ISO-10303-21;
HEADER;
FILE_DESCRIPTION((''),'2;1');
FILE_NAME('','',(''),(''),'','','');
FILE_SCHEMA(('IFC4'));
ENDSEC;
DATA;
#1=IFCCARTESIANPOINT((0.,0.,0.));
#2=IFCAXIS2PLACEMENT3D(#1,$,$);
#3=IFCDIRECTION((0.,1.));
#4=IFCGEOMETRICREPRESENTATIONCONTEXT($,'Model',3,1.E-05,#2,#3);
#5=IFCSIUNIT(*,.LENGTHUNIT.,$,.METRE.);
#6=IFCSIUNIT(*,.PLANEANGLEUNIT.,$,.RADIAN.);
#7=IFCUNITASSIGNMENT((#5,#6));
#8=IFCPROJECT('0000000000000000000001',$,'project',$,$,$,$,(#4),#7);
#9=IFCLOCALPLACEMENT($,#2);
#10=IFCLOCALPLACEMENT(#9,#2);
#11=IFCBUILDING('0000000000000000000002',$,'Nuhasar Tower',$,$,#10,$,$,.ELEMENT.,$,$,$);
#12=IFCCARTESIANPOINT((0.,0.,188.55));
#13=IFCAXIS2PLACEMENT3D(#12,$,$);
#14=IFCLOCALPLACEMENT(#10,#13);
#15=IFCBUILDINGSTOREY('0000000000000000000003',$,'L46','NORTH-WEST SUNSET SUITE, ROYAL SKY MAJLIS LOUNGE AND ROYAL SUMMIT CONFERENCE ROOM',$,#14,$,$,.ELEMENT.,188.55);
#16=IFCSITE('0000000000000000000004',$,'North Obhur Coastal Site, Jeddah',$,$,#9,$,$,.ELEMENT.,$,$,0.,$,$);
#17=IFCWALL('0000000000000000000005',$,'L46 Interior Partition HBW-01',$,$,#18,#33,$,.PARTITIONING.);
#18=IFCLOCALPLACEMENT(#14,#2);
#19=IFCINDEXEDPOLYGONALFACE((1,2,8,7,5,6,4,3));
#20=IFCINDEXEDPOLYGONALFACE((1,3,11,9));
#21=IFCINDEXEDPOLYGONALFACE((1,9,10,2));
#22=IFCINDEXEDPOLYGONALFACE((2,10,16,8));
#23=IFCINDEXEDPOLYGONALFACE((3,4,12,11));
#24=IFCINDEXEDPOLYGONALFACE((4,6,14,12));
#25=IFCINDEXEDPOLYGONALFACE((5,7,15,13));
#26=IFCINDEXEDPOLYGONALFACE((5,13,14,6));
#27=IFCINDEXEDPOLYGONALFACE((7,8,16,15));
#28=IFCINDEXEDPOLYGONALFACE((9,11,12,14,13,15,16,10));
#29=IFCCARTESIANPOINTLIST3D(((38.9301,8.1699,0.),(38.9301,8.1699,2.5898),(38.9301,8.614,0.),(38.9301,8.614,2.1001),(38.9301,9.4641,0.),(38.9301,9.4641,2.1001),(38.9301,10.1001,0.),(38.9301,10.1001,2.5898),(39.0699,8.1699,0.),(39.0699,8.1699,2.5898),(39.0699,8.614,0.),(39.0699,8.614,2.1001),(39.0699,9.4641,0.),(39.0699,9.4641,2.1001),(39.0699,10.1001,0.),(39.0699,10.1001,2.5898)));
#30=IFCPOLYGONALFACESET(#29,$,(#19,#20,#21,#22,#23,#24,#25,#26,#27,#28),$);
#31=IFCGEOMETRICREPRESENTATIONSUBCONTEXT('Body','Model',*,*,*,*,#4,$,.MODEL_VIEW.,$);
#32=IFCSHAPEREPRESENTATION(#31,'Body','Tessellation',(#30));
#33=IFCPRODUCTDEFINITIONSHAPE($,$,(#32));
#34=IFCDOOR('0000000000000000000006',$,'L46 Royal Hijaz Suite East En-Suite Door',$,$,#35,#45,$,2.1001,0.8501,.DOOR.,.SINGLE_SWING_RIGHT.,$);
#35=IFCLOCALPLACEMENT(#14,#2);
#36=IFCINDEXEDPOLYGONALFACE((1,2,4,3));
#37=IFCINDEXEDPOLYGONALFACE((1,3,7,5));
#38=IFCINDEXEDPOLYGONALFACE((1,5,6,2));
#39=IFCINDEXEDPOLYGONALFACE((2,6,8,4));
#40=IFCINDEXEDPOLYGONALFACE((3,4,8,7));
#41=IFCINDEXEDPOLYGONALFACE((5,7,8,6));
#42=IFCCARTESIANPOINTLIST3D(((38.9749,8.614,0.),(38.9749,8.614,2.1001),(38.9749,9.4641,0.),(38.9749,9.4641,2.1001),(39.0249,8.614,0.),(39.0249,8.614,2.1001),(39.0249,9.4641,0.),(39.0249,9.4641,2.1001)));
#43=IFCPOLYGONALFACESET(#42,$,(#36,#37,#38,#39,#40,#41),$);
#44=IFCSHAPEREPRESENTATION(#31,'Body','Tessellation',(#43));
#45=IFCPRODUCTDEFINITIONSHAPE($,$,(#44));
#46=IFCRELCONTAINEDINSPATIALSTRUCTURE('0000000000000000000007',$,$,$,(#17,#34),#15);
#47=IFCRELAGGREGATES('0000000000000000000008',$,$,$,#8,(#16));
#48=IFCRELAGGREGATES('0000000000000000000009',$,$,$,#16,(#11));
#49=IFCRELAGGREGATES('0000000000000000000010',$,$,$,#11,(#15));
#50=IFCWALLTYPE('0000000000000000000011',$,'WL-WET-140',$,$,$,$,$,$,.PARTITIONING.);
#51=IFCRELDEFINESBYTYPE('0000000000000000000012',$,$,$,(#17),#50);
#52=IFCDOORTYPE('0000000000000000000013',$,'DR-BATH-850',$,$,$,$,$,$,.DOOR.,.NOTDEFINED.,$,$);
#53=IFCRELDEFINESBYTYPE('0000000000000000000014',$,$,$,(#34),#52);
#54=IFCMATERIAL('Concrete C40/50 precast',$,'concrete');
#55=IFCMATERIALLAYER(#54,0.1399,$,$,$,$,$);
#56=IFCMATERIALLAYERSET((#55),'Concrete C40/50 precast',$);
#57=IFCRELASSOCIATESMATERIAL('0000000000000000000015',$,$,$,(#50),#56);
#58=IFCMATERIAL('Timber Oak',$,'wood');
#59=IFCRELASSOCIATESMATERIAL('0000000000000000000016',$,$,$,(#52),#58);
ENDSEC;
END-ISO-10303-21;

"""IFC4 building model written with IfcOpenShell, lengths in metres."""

from ifc_helpers import new_model, si_unit, direction, frame, frame_2d, origin, place, context, subcontext, project, spatial, rectangle, extrude, material, layer, layer_set, type_object, element, fill, save


model = new_model("IFC4")

# Units and contexts
model_context = context("Model", 3, precision=1e-05, world=origin(), true_north=direction((0.0, 1.0)))
body_context = subcontext(model_context, "Body", "Model", "MODEL_VIEW")
ifc_project = project(units=[si_unit("LENGTHUNIT", "METRE"), si_unit("PLANEANGLEUNIT", "RADIAN")], contexts=[model_context])

# Site, building, storey
site_placement = place(None, origin())
site = spatial("IfcSite", under=ifc_project, at=site_placement, Name="North Obhur Coastal Site, Jeddah", CompositionType="ELEMENT", RefElevation=0.0)
building_placement = place(site_placement, origin())
building = spatial("IfcBuilding", under=site, at=building_placement, Name="Nuhasar Tower", CompositionType="ELEMENT")
storey_placement = place(building_placement, frame((0.0, 0.0, 188.55)))
storey = spatial("IfcBuildingStorey", under=building, at=storey_placement, Name="L46", Description="NORTH-WEST SUNSET SUITE, ROYAL SKY MAJLIS LOUNGE AND ROYAL SUMMIT CONFERENCE ROOM", CompositionType="ELEMENT", Elevation=188.55)

# Shared definitions
ifc_material_1 = material(Name="Timber Oak", Category="wood")

# Wall, opening, door
ifc_material_2 = material(Name="Concrete C40/50 precast", Category="concrete")
ifc_layer_1 = layer(ifc_material_2, 0.1399)
ifc_layer_set_1 = layer_set([ifc_layer_1], Name="Concrete C40/50 precast")
wall_type_1 = type_object("IfcWallType", Name="WL-WET-140", PredefinedType="PARTITIONING", material=ifc_layer_set_1)
wall_1_placement = place(storey_placement, frame((39.0, 10.1001, 0.0), z_axis=(0.0, 0.0, 1.0), x_axis=(0.0, -1.0, 0.0)))
wall_1 = element("IfcWall", 1, at=wall_1_placement, inside=storey, type_object=wall_type_1, Name="L46 Interior Partition HBW-01", PredefinedType="PARTITIONING", context=body_context, shape_type="SweptSolid", body=[
    extrude(rectangle(XDim=1.9302, YDim=0.1399, at=frame_2d((0.9651, 0.0))), origin(), (0.0, 0.0, 1.0), 2.5898),
])
opening_1_placement = place(wall_1_placement, frame((0.636, 0.0, 0.0)))
opening_1 = element("IfcOpeningElement", 2, at=opening_1_placement, cuts=wall_1, PredefinedType="OPENING", context=body_context, shape_type="SweptSolid", body=[
    extrude(rectangle(XDim=0.8501, YDim=2.1001, at=frame_2d((0.425, 1.05))), frame((0.0, 0.0801, 0.0), z_axis=(0.0, -1.0, 0.0), x_axis=(1.0, 0.0, 0.0)), (0.0, 0.0, 1.0), 0.1599),
])
door_type_1 = type_object("IfcDoorType", Name="DR-BATH-850", OperationType="NOTDEFINED", PredefinedType="DOOR", material=ifc_material_1)
door_1_placement = place(opening_1_placement, origin())
door_1 = element("IfcDoor", 3, at=door_1_placement, inside=storey, type_object=door_type_1, Name="L46 Royal Hijaz Suite East En-Suite Door", OperationType="SINGLE_SWING_RIGHT", OverallHeight=2.1001, OverallWidth=0.8501, PredefinedType="DOOR", context=body_context, shape_type="SweptSolid", body=[
    extrude(rectangle(XDim=0.8501, YDim=2.1001, at=frame_2d((0.425, 1.05))), frame((0.0, 0.0249, 0.0), z_axis=(0.0, -1.0, 0.0), x_axis=(1.0, 0.0, 0.0)), (0.0, 0.0, 1.0), 0.05),
])
fill(opening_1, door_1)

save(model, "model.ifc")
